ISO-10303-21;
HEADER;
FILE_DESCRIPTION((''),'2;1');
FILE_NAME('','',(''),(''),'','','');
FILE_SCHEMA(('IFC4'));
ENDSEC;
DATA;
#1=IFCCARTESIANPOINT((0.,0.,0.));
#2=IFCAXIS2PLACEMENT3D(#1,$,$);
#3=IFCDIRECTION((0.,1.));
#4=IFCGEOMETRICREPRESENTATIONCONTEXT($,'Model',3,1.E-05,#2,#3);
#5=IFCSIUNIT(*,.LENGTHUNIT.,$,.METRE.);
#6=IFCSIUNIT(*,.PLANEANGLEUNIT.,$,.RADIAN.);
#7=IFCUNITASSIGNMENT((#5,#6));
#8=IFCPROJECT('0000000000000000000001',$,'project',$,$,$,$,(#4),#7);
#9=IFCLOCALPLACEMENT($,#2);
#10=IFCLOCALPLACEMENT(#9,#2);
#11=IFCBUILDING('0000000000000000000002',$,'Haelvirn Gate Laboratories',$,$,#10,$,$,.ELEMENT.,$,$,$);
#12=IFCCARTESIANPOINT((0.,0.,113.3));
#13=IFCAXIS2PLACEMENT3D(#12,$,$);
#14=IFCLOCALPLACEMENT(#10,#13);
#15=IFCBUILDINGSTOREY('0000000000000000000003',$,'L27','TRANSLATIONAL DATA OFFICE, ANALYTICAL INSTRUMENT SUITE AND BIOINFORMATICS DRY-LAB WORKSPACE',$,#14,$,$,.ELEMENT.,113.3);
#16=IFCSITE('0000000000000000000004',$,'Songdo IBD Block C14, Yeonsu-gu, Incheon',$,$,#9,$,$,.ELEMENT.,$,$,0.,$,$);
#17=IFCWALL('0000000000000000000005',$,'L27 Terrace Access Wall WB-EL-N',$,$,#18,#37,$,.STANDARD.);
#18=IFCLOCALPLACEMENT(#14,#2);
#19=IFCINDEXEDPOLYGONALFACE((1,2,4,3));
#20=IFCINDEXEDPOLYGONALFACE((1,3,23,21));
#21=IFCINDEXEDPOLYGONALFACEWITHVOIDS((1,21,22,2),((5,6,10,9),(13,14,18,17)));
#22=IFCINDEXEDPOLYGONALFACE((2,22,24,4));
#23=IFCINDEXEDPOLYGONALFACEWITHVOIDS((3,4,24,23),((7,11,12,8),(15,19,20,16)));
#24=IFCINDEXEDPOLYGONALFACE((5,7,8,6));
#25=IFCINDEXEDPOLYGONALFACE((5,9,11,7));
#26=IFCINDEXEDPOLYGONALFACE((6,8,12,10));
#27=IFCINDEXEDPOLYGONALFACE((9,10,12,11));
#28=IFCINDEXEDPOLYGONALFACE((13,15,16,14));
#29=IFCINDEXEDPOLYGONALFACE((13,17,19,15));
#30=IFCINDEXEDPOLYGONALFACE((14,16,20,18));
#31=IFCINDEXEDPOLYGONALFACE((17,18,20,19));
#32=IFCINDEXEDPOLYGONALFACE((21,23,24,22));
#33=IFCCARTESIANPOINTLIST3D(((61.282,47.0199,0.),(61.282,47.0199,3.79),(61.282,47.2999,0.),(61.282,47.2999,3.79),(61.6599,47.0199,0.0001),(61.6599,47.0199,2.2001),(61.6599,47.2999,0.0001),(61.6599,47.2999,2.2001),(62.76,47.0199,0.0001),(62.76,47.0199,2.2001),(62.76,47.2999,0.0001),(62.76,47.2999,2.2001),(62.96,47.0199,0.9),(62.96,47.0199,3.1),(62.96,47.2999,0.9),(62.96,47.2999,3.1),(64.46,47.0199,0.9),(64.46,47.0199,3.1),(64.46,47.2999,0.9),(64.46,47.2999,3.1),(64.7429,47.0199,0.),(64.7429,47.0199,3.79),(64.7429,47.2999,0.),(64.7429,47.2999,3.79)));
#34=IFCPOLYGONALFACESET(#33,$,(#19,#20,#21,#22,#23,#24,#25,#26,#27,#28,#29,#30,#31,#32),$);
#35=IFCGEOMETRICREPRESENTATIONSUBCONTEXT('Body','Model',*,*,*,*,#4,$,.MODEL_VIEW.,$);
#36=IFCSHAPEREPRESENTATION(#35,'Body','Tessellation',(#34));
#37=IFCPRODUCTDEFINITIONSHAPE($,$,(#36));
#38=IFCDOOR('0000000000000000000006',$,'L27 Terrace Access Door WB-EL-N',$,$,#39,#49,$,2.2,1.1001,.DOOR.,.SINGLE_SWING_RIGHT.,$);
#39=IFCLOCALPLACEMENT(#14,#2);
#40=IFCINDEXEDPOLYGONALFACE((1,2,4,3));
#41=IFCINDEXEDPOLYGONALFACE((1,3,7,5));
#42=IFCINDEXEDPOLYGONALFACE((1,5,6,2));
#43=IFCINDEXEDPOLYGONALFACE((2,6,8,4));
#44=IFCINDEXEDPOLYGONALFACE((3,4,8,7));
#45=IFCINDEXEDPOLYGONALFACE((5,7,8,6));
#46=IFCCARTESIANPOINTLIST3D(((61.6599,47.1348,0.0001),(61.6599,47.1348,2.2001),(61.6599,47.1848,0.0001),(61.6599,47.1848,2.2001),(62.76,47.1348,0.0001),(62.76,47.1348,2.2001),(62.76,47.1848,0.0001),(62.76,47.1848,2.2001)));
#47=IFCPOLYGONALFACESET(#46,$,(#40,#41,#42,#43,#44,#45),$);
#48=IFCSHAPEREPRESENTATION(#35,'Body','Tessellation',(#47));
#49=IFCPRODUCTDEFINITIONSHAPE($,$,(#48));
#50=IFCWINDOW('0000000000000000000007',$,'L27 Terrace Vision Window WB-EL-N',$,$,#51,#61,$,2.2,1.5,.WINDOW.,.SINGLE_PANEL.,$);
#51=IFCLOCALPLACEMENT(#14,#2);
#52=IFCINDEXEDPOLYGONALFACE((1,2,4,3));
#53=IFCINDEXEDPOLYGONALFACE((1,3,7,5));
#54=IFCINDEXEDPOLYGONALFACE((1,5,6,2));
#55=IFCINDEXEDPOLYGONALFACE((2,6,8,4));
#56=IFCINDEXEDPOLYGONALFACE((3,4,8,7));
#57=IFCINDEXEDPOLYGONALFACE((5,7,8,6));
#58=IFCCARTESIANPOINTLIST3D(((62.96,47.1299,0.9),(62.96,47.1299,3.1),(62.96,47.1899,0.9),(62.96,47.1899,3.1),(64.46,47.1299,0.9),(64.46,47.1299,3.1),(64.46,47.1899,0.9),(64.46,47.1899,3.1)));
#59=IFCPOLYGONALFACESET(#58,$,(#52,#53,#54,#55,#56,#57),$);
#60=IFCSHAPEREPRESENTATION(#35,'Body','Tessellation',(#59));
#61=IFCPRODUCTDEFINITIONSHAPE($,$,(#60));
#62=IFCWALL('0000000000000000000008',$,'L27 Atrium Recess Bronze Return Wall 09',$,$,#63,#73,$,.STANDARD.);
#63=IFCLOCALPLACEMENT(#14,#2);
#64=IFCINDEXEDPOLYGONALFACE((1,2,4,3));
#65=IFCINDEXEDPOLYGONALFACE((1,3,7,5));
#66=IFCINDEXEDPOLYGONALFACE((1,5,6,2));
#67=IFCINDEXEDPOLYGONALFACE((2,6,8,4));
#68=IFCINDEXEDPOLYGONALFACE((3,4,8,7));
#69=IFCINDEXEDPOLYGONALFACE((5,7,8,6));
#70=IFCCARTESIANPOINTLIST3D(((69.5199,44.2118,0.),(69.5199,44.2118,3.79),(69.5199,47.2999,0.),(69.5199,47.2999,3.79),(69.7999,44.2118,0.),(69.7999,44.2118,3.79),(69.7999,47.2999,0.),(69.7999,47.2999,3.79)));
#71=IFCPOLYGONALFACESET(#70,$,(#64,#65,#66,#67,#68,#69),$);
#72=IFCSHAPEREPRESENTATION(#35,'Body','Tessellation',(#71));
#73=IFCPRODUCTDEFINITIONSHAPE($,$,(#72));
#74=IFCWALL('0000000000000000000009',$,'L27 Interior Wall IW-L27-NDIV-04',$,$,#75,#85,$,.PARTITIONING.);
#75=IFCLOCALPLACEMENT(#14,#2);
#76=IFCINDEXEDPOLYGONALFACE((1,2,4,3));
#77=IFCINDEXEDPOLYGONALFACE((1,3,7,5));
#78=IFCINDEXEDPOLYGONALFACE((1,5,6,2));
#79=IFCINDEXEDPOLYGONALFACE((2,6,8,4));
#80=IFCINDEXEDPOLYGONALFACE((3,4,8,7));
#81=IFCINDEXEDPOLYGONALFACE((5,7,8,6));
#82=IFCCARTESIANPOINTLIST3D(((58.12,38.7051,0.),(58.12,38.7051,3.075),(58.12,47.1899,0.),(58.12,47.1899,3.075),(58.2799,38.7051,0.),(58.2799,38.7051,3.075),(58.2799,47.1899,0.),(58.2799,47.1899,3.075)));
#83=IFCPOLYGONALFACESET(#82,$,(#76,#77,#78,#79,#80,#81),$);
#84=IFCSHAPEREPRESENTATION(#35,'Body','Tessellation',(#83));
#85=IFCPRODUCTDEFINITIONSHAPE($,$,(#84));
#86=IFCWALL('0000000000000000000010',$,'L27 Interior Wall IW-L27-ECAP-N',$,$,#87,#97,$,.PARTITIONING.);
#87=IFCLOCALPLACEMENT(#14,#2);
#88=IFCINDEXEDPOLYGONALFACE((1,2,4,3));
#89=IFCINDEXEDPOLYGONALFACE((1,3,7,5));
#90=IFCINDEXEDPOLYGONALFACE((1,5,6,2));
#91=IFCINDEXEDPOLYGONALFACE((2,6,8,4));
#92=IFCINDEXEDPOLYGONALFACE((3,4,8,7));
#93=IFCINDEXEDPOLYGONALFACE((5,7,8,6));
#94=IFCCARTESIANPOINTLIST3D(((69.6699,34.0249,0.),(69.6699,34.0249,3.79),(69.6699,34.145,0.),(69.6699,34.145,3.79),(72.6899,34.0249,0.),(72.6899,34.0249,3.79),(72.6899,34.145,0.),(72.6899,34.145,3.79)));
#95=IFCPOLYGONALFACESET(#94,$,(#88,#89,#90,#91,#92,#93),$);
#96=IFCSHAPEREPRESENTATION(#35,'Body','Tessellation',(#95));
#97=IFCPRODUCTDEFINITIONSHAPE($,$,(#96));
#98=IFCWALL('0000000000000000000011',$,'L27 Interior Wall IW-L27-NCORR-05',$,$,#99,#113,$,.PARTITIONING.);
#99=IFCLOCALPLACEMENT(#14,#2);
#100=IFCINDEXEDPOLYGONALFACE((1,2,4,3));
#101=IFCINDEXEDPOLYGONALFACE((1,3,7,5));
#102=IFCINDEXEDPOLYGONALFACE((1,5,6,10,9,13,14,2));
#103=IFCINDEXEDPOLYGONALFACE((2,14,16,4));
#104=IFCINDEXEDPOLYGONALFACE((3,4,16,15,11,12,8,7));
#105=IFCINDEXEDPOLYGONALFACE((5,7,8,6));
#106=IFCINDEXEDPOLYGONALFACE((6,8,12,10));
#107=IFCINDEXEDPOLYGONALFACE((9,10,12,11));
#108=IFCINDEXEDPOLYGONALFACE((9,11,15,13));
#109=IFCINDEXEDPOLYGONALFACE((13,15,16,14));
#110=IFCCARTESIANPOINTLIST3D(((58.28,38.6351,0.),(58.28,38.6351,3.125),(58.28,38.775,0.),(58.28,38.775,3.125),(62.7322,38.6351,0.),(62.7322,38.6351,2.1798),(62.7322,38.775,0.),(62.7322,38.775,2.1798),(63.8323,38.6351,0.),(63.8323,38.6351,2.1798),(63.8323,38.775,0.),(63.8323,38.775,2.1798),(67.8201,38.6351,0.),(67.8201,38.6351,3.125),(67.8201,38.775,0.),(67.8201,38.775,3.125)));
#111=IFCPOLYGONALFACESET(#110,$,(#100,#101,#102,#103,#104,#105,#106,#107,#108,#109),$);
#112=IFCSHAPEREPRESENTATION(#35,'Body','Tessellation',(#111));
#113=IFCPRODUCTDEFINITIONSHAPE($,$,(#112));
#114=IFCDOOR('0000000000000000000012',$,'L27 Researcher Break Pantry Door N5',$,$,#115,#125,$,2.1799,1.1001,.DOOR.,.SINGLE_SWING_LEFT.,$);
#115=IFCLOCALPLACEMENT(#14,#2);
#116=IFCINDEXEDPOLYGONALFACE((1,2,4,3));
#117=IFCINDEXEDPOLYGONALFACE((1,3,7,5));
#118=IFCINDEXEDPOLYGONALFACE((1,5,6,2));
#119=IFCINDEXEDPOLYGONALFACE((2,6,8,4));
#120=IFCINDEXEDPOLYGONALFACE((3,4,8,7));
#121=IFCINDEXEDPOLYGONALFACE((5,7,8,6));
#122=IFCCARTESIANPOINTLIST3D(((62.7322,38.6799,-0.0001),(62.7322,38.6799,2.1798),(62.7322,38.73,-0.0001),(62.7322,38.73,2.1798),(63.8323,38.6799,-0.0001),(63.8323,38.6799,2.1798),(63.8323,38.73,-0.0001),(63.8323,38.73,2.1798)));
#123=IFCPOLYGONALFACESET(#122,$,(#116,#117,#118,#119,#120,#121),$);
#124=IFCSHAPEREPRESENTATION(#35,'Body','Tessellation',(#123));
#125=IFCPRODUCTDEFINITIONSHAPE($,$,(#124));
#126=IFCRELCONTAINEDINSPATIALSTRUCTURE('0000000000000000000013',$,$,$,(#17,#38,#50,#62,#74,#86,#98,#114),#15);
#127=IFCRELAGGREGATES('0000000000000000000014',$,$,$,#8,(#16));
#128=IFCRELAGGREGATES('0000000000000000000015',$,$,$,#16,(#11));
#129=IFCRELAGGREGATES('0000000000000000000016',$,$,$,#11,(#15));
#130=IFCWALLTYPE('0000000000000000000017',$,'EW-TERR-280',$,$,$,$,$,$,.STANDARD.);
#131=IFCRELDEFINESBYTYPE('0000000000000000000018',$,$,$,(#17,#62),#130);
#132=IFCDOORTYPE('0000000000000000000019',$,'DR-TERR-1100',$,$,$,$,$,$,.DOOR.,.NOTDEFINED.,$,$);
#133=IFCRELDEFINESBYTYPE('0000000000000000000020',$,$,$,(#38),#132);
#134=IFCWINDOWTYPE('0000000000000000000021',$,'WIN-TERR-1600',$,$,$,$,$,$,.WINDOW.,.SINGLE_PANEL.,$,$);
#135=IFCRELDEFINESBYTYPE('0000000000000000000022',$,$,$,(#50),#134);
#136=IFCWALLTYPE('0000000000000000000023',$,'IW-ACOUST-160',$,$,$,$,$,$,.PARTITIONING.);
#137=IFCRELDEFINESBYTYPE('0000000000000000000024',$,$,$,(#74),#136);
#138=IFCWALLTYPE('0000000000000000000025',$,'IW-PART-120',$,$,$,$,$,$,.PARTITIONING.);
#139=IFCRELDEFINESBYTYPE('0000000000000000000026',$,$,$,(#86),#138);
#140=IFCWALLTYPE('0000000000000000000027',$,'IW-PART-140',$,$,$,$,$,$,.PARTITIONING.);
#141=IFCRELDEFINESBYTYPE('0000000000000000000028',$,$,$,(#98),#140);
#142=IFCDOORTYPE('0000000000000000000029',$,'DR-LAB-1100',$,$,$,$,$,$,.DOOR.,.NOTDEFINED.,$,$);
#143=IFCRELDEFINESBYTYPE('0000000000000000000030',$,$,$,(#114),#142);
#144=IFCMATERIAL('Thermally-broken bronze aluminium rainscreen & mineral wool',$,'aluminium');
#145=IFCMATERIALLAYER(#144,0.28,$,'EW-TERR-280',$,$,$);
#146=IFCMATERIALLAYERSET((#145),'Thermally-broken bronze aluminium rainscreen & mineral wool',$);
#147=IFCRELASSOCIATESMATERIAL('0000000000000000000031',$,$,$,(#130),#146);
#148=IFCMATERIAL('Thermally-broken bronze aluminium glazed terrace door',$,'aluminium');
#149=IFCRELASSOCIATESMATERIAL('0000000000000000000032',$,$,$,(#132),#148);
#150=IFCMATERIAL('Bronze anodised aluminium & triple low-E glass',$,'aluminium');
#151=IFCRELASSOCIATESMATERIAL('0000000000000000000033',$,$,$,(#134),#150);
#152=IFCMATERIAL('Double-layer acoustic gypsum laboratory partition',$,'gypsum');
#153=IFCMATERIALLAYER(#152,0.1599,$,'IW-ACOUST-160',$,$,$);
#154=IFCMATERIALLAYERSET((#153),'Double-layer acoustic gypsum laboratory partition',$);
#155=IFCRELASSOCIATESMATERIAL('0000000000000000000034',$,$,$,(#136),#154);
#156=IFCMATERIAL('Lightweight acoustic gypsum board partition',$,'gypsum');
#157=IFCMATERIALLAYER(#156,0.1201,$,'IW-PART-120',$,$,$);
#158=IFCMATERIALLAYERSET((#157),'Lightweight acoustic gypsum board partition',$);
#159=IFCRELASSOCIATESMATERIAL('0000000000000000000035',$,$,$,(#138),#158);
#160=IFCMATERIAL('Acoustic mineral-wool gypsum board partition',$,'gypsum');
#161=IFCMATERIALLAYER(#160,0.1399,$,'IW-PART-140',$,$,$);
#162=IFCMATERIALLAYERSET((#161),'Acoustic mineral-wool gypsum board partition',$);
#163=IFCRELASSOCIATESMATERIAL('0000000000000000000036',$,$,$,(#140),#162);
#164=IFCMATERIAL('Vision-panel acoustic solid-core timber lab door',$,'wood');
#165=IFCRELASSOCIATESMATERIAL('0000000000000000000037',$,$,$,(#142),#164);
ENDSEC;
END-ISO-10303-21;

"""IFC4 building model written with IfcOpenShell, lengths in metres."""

from ifc_helpers import new_model, si_unit, direction, frame, frame_2d, origin, place, context, subcontext, project, spatial, rectangle, extrude, source, transform, mapped, material, layer, layer_set, type_object, type_shapes, element, fill, save


model = new_model("IFC4")

# Units and contexts
model_context = context("Model", 3, precision=1e-05, world=origin(), true_north=direction((0.0, 1.0)))
body_context = subcontext(model_context, "Body", "Model", "MODEL_VIEW")
ifc_project = project(units=[si_unit("LENGTHUNIT", "METRE"), si_unit("PLANEANGLEUNIT", "RADIAN")], contexts=[model_context])

# Site, building, storey
site_placement = place(None, origin())
site = spatial("IfcSite", under=ifc_project, at=site_placement, Name="Songdo IBD Block C14, Yeonsu-gu, Incheon", CompositionType="ELEMENT", RefElevation=0.0)
building_placement = place(site_placement, origin())
building = spatial("IfcBuilding", under=site, at=building_placement, Name="Haelvirn Gate Laboratories", CompositionType="ELEMENT")
storey_placement = place(building_placement, frame((0.0, 0.0, 113.3)))
storey = spatial("IfcBuildingStorey", under=building, at=storey_placement, Name="L27", Description="TRANSLATIONAL DATA OFFICE, ANALYTICAL INSTRUMENT SUITE AND BIOINFORMATICS DRY-LAB WORKSPACE", CompositionType="ELEMENT", Elevation=113.3)

# Wall, openings, door, window
ifc_material_1 = material(Name="Thermally-broken bronze aluminium rainscreen & mineral wool", Category="aluminium")
ifc_layer_1 = layer(ifc_material_1, 0.28, Name="EW-TERR-280")
ifc_layer_set_1 = layer_set([ifc_layer_1], Name="Thermally-broken bronze aluminium rainscreen & mineral wool")
wall_type_1 = type_object("IfcWallType", Name="EW-TERR-280", PredefinedType="STANDARD", material=ifc_layer_set_1)
wall_1_placement = place(storey_placement, frame((61.282, 47.1599, 0.0), z_axis=(0.0, 0.0, 1.0), x_axis=(1.0, 0.0, 0.0)))
wall_1 = element("IfcWall", 1, at=wall_1_placement, inside=storey, type_object=wall_type_1, Name="L27 Terrace Access Wall WB-EL-N", PredefinedType="STANDARD", context=body_context, shape_type="SweptSolid", body=[
    extrude(rectangle(XDim=3.4609, YDim=0.28, at=frame_2d((1.7305, 0.0))), origin(), (0.0, 0.0, 1.0), 3.79),
])
opening_1_placement = place(wall_1_placement, frame((0.3779, 0.0, 0.0)))
opening_1 = element("IfcOpeningElement", 2, at=opening_1_placement, cuts=wall_1, PredefinedType="OPENING", context=body_context, shape_type="SweptSolid", body=[
    extrude(rectangle(XDim=1.1001, YDim=2.2, at=frame_2d((0.55, 1.1001))), frame((0.0, 0.1499, 0.0), z_axis=(0.0, -1.0, 0.0), x_axis=(1.0, 0.0, 0.0)), (0.0, 0.0, 1.0), 0.3),
])
opening_2_placement = place(wall_1_placement, frame((1.678, 0.0, 0.8999)))
opening_2 = element("IfcOpeningElement", 3, at=opening_2_placement, cuts=wall_1, PredefinedType="OPENING", context=body_context, shape_type="SweptSolid", body=[
    extrude(rectangle(XDim=1.5, YDim=2.2, at=frame_2d((0.75, 1.1001))), frame((0.0, 0.1499, 0.0), z_axis=(0.0, -1.0, 0.0), x_axis=(1.0, 0.0, 0.0)), (0.0, 0.0, 1.0), 0.3),
])
ifc_material_2 = material(Name="Thermally-broken bronze aluminium glazed terrace door", Category="aluminium")
door_type_1 = type_object("IfcDoorType", Name="DR-TERR-1100", OperationType="NOTDEFINED", PredefinedType="DOOR", material=ifc_material_2)
shared_shape_1 = source(origin(), body_context, "Body", "SweptSolid", [
    extrude(rectangle(XDim=1.1001, YDim=2.2, at=frame_2d((0.55, 1.1001))), frame((0.0, 0.0249, 0.0), z_axis=(0.0, -1.0, 0.0), x_axis=(1.0, 0.0, 0.0)), (0.0, 0.0, 1.0), 0.05),
])
type_shapes(door_type_1, [shared_shape_1])
door_1_placement = place(opening_1_placement, origin())
door_1 = element("IfcDoor", 4, at=door_1_placement, inside=storey, type_object=door_type_1, Name="L27 Terrace Access Door WB-EL-N", OperationType="SINGLE_SWING_RIGHT", OverallHeight=2.2, OverallWidth=1.1001, PredefinedType="DOOR", context=body_context, shape_type="MappedRepresentation", body=[
    mapped(shared_shape_1, transform((0.0, 0.0, 0.0), scale=1.0)),
])
fill(opening_1, door_1)
ifc_material_3 = material(Name="Bronze anodised aluminium & triple low-E glass", Category="aluminium")
window_type = type_object("IfcWindowType", Name="WIN-TERR-1600", PartitioningType="SINGLE_PANEL", PredefinedType="WINDOW", material=ifc_material_3)
shared_shape_2 = source(origin(), body_context, "Body", "SweptSolid", [
    extrude(rectangle(XDim=1.5, YDim=2.2, at=frame_2d((0.75, 1.1001))), frame((0.0, 0.03, 0.0), z_axis=(0.0, -1.0, 0.0), x_axis=(1.0, 0.0, 0.0)), (0.0, 0.0, 1.0), 0.0601),
])
type_shapes(window_type, [shared_shape_2])
window_placement = place(opening_2_placement, origin())
window = element("IfcWindow", 5, at=window_placement, inside=storey, type_object=window_type, Name="L27 Terrace Vision Window WB-EL-N", OverallHeight=2.2, OverallWidth=1.5, PartitioningType="SINGLE_PANEL", PredefinedType="WINDOW", context=body_context, shape_type="MappedRepresentation", body=[
    mapped(shared_shape_2, transform((0.0, 0.0, 0.0), scale=1.0)),
])
fill(opening_2, window)

# Walls
wall_2_placement = place(storey_placement, frame((69.6599, 44.2119, 0.0), z_axis=(0.0, 0.0, 1.0), x_axis=(0.0, 1.0, 0.0)))
element("IfcWall", 6, at=wall_2_placement, inside=storey, type_object=wall_type_1, Name="L27 Atrium Recess Bronze Return Wall 09", PredefinedType="STANDARD", context=body_context, shape_type="SweptSolid", body=[
    extrude(rectangle(XDim=3.0881, YDim=0.28, at=frame_2d((1.5439, 0.0))), origin(), (0.0, 0.0, 1.0), 3.79),
])
ifc_material_4 = material(Name="Double-layer acoustic gypsum laboratory partition", Category="gypsum")
ifc_layer_2 = layer(ifc_material_4, 0.1599, Name="IW-ACOUST-160")
ifc_layer_set_2 = layer_set([ifc_layer_2], Name="Double-layer acoustic gypsum laboratory partition")
wall_type_2 = type_object("IfcWallType", Name="IW-ACOUST-160", PredefinedType="PARTITIONING", material=ifc_layer_set_2)
wall_3_placement = place(storey_placement, frame((58.2, 38.7051, 0.0), z_axis=(0.0, 0.0, 1.0), x_axis=(0.0, 1.0, 0.0)))
element("IfcWall", 7, at=wall_3_placement, inside=storey, type_object=wall_type_2, Name="L27 Interior Wall IW-L27-NDIV-04", PredefinedType="PARTITIONING", context=body_context, shape_type="SweptSolid", body=[
    extrude(rectangle(XDim=8.4849, YDim=0.1599, at=frame_2d((4.2424, 0.0))), origin(), (0.0, 0.0, 1.0), 3.075),
])
ifc_material_5 = material(Name="Lightweight acoustic gypsum board partition", Category="gypsum")
ifc_layer_3 = layer(ifc_material_5, 0.1201, Name="IW-PART-120")
ifc_layer_set_3 = layer_set([ifc_layer_3], Name="Lightweight acoustic gypsum board partition")
wall_type_3 = type_object("IfcWallType", Name="IW-PART-120", PredefinedType="PARTITIONING", material=ifc_layer_set_3)
wall_4_placement = place(storey_placement, frame((69.6699, 34.085, 0.0), z_axis=(0.0, 0.0, 1.0), x_axis=(1.0, 0.0, 0.0)))
element("IfcWall", 8, at=wall_4_placement, inside=storey, type_object=wall_type_3, Name="L27 Interior Wall IW-L27-ECAP-N", PredefinedType="PARTITIONING", context=body_context, shape_type="SweptSolid", body=[
    extrude(rectangle(XDim=3.02, YDim=0.1201, at=frame_2d((1.51, 0.0))), origin(), (0.0, 0.0, 1.0), 3.79),
])

# Wall, opening, door
ifc_material_6 = material(Name="Acoustic mineral-wool gypsum board partition", Category="gypsum")
ifc_layer_4 = layer(ifc_material_6, 0.1399, Name="IW-PART-140")
ifc_layer_set_4 = layer_set([ifc_layer_4], Name="Acoustic mineral-wool gypsum board partition")
wall_type_4 = type_object("IfcWallType", Name="IW-PART-140", PredefinedType="PARTITIONING", material=ifc_layer_set_4)
wall_5_placement = place(storey_placement, frame((58.28, 38.7051, 0.0), z_axis=(0.0, 0.0, 1.0), x_axis=(1.0, 0.0, 0.0)))
wall_5 = element("IfcWall", 9, at=wall_5_placement, inside=storey, type_object=wall_type_4, Name="L27 Interior Wall IW-L27-NCORR-05", PredefinedType="PARTITIONING", context=body_context, shape_type="SweptSolid", body=[
    extrude(rectangle(XDim=9.54, YDim=0.1399, at=frame_2d((4.77, 0.0))), origin(), (0.0, 0.0, 1.0), 3.125),
])
opening_3_placement = place(wall_5_placement, frame((4.4521, 0.0, 0.0)))
opening_3 = element("IfcOpeningElement", 10, at=opening_3_placement, cuts=wall_5, PredefinedType="OPENING", context=body_context, shape_type="SweptSolid", body=[
    extrude(rectangle(XDim=1.1001, YDim=2.1799, at=frame_2d((0.55, 1.0898))), frame((0.0, 0.0801, 0.0), z_axis=(0.0, -1.0, 0.0), x_axis=(1.0, 0.0, 0.0)), (0.0, 0.0, 1.0), 0.1599),
])
ifc_material_7 = material(Name="Vision-panel acoustic solid-core timber lab door", Category="wood")
door_type_2 = type_object("IfcDoorType", Name="DR-LAB-1100", OperationType="NOTDEFINED", PredefinedType="DOOR", material=ifc_material_7)
shared_shape_3 = source(origin(), body_context, "Body", "SweptSolid", [
    extrude(rectangle(XDim=1.1001, YDim=2.1799, at=frame_2d((0.55, 1.0898))), frame((0.0, 0.0249, 0.0), z_axis=(0.0, -1.0, 0.0), x_axis=(1.0, 0.0, 0.0)), (0.0, 0.0, 1.0), 0.05),
])
type_shapes(door_type_2, [shared_shape_3])
door_2_placement = place(opening_3_placement, origin())
door_2 = element("IfcDoor", 11, at=door_2_placement, inside=storey, type_object=door_type_2, Name="L27 Researcher Break Pantry Door N5", OperationType="SINGLE_SWING_LEFT", OverallHeight=2.1799, OverallWidth=1.1001, PredefinedType="DOOR", context=body_context, shape_type="MappedRepresentation", body=[
    mapped(shared_shape_3, transform((0.0, 0.0, 0.0), scale=1.0)),
])
fill(opening_3, door_2)

save(model, "model.ifc")
